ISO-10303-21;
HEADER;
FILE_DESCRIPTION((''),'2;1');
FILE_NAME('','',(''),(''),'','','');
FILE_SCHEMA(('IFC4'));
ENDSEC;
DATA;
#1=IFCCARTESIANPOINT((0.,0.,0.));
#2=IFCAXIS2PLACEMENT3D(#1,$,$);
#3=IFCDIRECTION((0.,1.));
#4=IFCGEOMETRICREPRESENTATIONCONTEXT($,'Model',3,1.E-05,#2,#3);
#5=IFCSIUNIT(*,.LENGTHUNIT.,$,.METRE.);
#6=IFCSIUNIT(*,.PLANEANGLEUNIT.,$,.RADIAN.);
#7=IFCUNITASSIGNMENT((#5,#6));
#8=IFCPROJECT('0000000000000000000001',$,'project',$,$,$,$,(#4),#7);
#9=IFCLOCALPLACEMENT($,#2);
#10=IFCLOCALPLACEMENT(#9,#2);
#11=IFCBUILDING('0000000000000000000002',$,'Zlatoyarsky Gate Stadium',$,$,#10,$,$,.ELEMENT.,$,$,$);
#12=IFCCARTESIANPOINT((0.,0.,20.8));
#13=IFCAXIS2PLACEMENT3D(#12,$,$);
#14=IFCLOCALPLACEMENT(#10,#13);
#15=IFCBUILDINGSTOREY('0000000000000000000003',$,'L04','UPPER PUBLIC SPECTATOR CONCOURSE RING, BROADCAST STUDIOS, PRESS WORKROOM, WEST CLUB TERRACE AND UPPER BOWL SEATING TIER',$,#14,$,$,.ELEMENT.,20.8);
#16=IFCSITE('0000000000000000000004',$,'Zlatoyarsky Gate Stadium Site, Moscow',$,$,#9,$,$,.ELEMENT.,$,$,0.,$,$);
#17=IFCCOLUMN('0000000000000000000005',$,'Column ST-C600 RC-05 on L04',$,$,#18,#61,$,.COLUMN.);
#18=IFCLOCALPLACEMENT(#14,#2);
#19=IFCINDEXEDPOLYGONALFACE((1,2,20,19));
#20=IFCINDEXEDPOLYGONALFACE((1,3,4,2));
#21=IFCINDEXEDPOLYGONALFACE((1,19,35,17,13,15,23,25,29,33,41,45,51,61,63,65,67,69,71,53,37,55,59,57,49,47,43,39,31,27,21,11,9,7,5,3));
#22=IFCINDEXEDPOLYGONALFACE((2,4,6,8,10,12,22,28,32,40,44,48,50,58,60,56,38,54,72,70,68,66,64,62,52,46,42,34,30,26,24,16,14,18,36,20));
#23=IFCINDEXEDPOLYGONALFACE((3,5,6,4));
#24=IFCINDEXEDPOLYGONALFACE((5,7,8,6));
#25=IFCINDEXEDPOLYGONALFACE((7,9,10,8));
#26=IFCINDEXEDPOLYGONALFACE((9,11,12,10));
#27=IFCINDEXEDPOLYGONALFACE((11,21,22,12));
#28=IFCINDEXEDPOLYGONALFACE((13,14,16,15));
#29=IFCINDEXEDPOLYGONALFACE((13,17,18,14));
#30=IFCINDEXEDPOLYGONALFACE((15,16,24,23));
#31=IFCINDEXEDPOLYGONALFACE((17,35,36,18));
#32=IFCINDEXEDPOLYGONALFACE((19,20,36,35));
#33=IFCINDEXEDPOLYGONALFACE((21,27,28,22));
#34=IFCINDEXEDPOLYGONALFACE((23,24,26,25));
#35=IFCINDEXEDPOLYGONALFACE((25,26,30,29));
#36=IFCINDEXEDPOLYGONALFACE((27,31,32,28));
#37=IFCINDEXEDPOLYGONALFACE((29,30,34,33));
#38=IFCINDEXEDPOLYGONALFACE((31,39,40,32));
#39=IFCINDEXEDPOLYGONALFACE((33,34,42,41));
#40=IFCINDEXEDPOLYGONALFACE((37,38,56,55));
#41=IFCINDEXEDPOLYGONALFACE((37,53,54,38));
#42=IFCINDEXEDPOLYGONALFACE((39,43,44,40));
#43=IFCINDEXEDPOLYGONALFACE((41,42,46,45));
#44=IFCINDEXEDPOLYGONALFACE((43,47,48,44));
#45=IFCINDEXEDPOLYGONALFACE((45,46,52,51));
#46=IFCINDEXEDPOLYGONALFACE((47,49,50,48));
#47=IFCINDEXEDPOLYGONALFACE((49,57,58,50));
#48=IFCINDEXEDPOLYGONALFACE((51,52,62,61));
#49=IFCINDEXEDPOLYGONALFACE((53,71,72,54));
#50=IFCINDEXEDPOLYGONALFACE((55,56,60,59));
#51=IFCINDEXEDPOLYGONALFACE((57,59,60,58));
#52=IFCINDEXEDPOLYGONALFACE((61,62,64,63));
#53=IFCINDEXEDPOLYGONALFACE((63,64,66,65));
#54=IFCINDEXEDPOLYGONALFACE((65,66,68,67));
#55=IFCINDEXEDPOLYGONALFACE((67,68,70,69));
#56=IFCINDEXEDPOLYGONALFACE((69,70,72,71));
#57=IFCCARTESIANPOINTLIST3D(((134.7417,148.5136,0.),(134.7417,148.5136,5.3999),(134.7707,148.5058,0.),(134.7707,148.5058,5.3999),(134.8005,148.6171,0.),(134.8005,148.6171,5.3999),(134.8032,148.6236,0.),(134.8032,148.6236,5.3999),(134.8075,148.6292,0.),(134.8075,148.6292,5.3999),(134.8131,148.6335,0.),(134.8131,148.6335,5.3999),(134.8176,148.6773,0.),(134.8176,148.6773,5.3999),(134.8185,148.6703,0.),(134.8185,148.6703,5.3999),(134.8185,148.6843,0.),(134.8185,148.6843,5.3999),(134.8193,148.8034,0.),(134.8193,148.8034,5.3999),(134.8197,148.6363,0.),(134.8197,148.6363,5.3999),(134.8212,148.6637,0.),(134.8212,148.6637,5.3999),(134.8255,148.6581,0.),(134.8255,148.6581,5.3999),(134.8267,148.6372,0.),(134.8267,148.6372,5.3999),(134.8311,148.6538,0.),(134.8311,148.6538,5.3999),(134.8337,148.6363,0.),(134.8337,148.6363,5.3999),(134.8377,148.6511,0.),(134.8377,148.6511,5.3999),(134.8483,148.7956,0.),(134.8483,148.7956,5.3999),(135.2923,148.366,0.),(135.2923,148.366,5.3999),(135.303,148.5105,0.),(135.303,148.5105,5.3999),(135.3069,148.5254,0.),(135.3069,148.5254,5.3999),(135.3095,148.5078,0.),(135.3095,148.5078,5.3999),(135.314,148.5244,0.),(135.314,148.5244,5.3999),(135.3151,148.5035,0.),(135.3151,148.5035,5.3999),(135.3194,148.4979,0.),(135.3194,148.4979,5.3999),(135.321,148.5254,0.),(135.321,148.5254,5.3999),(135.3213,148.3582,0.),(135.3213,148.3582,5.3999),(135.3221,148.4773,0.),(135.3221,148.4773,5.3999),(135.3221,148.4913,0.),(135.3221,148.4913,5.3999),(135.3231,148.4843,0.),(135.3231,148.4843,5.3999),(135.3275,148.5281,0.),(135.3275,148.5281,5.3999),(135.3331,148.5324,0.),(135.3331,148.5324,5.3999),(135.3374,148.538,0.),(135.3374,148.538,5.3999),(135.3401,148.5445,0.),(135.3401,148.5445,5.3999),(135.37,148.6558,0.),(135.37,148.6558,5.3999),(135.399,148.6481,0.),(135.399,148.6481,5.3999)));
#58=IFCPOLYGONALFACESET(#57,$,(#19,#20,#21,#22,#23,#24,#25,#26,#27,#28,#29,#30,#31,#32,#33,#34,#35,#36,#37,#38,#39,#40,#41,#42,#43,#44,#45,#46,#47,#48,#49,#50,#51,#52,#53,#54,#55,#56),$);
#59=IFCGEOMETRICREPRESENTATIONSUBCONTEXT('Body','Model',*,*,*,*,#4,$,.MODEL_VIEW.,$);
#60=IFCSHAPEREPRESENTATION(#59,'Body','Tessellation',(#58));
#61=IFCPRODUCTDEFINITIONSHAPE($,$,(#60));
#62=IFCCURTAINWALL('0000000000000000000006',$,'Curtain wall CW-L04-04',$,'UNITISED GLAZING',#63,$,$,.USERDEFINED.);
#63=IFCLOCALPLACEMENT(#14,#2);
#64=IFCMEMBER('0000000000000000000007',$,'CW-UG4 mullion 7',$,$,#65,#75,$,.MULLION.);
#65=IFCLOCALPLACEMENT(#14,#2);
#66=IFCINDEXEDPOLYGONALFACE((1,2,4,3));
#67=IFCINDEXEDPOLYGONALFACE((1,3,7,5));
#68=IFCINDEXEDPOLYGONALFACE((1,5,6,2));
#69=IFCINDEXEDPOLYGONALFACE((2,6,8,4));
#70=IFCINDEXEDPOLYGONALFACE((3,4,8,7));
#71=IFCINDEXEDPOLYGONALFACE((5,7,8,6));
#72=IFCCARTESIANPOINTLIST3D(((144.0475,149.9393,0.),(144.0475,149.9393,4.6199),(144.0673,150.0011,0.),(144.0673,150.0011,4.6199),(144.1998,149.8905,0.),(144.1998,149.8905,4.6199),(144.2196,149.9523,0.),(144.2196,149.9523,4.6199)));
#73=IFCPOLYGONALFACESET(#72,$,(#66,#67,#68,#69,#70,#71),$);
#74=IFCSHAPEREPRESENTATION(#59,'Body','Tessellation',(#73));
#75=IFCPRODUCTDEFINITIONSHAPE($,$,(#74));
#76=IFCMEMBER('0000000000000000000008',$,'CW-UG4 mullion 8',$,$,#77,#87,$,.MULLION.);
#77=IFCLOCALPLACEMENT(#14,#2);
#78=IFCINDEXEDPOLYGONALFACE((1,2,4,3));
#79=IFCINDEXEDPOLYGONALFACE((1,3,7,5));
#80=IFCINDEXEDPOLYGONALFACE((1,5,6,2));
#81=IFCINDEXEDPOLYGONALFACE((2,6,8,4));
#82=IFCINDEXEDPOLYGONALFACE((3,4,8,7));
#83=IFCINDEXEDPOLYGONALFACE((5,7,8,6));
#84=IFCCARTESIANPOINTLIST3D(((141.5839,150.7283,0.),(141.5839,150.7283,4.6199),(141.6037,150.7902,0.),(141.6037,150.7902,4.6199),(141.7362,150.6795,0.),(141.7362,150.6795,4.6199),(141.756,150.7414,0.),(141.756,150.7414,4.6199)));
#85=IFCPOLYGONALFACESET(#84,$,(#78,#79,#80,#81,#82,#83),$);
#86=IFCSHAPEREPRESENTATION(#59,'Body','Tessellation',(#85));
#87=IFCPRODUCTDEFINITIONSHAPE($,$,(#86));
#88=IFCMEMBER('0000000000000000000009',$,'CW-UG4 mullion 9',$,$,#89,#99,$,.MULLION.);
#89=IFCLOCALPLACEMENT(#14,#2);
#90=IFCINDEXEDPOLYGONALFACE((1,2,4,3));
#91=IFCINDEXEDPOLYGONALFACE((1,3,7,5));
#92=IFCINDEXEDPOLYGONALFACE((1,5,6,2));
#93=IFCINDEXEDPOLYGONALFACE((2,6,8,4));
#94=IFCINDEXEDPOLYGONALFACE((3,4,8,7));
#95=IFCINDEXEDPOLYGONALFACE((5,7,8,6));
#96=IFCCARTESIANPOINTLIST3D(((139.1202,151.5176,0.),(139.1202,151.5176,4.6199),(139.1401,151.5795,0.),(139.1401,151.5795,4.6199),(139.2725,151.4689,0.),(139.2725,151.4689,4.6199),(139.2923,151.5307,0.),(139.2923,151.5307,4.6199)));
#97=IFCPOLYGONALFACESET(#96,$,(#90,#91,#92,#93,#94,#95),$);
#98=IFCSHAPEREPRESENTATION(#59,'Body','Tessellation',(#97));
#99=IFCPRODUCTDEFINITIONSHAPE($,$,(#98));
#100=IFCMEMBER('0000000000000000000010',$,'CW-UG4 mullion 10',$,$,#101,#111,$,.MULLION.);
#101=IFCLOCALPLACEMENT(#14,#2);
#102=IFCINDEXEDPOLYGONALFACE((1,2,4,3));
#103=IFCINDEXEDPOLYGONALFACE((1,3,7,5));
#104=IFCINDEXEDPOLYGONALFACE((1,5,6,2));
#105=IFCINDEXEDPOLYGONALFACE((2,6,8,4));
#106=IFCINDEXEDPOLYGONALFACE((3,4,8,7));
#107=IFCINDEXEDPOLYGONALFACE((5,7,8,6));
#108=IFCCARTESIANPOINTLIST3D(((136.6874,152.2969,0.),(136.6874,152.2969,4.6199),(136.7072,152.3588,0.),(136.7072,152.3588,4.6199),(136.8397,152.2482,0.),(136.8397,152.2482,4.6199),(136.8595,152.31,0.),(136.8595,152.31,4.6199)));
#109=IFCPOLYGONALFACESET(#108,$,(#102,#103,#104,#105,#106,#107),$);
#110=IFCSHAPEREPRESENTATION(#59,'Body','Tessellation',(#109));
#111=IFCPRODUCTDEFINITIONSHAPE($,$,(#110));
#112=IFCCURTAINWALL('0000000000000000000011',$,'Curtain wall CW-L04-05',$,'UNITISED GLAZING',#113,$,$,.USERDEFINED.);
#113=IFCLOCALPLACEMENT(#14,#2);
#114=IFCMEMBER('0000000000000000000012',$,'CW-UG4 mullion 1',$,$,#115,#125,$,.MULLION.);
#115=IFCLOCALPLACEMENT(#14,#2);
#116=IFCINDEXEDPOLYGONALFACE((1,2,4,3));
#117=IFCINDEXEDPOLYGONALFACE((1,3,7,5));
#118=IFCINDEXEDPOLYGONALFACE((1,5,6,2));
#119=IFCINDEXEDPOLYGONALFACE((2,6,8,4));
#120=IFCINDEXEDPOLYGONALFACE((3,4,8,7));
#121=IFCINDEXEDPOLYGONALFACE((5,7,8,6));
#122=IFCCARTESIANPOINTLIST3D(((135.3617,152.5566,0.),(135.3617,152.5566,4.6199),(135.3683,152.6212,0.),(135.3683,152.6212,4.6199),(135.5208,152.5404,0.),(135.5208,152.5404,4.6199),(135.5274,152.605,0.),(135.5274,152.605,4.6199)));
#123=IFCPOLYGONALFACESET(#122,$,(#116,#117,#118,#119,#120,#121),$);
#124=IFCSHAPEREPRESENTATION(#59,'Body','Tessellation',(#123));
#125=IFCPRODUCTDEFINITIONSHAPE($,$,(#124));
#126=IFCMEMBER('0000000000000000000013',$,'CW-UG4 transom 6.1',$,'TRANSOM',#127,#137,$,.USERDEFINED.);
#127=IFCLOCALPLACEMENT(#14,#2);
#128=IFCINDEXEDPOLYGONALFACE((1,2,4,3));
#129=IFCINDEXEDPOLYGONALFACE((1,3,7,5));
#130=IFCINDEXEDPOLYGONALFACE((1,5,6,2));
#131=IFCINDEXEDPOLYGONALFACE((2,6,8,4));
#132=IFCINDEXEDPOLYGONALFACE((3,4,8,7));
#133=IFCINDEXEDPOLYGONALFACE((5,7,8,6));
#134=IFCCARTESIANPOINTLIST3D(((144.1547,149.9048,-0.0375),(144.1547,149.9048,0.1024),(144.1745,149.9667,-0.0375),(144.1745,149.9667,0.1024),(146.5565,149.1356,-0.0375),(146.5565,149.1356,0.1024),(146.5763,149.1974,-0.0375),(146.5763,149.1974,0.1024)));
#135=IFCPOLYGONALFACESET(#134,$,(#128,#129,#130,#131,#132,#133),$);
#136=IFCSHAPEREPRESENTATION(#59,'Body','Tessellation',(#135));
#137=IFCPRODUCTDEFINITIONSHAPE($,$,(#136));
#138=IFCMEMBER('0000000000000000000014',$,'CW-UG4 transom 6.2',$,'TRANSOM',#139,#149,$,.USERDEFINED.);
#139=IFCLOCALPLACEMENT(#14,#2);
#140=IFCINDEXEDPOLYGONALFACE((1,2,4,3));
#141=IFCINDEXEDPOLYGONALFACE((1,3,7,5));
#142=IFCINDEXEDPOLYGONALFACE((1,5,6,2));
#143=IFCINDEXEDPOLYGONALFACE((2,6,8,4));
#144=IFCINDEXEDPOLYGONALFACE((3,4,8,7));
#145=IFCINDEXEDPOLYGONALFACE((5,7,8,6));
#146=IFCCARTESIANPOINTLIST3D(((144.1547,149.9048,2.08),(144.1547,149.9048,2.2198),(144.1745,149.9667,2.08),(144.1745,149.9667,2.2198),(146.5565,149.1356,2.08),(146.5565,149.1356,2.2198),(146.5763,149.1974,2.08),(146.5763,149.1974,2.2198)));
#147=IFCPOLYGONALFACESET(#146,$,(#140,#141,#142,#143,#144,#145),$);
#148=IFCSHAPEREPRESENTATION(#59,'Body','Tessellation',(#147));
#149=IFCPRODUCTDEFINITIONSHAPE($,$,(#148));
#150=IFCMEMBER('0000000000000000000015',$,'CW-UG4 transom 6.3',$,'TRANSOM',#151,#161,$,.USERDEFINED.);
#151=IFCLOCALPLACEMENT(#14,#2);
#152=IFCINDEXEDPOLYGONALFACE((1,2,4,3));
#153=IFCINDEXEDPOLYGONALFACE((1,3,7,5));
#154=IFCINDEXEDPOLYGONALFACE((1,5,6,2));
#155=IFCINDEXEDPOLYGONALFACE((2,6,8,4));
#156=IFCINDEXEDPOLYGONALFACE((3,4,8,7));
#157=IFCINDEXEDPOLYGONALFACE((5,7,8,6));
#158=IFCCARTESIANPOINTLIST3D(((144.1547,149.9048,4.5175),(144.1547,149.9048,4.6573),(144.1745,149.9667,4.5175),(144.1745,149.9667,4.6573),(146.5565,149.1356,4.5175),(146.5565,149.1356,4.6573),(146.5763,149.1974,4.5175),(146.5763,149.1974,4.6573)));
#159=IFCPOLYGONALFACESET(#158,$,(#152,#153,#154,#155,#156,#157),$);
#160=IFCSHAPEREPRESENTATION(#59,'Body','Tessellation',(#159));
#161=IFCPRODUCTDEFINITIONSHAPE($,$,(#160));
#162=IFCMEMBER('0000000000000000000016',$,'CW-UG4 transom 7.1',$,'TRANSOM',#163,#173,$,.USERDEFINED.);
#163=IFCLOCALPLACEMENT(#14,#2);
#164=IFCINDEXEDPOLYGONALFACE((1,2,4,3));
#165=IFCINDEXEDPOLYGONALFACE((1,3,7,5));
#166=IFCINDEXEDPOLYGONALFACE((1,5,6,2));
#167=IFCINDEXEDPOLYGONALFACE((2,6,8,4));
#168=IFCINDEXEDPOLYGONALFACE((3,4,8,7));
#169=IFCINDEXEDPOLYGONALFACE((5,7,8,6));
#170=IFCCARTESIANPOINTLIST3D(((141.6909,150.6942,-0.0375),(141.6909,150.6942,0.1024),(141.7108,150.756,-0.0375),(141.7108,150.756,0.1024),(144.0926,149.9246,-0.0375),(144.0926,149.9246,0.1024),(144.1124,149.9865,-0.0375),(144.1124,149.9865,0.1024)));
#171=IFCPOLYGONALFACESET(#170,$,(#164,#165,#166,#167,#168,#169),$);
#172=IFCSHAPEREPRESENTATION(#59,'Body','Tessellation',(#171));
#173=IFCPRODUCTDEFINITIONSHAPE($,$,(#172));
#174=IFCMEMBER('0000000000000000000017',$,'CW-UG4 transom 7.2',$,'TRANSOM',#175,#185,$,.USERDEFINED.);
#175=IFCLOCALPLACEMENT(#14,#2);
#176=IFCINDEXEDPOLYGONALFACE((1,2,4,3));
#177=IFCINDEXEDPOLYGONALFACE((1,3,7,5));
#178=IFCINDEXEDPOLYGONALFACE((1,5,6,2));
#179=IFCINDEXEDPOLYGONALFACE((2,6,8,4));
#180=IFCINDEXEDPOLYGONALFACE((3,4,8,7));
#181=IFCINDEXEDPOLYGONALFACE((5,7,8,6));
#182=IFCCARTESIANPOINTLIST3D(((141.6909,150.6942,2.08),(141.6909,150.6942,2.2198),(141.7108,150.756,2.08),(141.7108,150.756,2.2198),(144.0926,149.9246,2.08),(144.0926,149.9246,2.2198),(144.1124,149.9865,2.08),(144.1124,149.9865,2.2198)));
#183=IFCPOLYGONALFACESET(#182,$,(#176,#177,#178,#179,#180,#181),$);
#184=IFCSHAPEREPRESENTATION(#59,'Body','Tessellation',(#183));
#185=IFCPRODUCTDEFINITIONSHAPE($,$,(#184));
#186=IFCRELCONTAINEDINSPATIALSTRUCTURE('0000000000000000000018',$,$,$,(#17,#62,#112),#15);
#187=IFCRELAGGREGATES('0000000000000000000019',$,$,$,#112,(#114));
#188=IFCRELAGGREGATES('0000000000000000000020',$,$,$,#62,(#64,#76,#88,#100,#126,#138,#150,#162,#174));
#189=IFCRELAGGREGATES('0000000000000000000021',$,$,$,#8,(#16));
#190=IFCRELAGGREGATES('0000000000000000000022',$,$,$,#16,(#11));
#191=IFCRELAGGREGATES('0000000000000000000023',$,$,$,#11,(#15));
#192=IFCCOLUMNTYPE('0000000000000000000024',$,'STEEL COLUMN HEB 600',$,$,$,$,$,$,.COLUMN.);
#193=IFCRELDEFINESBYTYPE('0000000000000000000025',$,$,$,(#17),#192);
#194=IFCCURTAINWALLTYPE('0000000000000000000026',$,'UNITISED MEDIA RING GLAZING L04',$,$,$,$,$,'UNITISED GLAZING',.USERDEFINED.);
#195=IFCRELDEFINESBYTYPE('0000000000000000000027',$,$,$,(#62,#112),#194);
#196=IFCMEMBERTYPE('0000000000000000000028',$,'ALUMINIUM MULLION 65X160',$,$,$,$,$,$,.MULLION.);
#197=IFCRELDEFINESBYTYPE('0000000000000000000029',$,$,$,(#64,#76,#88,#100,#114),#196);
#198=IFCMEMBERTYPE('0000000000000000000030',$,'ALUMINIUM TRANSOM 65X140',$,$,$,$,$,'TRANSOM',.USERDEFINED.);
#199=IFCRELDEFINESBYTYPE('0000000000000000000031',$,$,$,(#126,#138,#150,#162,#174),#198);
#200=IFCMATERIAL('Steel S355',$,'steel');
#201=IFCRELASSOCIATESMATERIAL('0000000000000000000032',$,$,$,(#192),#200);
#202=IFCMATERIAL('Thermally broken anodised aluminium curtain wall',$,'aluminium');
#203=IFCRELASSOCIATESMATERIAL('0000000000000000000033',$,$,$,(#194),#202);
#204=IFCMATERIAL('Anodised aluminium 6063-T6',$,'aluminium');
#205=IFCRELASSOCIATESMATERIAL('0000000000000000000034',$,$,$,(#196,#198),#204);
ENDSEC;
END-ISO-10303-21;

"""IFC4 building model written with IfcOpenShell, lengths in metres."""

from ifc_helpers import new_model, si_unit, direction, frame, origin, origin_2d, place, context, subcontext, project, spatial, rectangle, i_section, extrude, material, material_profile, profile_set, type_object, element, aggregate, save


model = new_model("IFC4")

# Units and contexts
model_context = context("Model", 3, precision=1e-05, world=origin(), true_north=direction((0.0, 1.0)))
body_context = subcontext(model_context, "Body", "Model", "MODEL_VIEW")
ifc_project = project(units=[si_unit("LENGTHUNIT", "METRE"), si_unit("PLANEANGLEUNIT", "RADIAN")], contexts=[model_context])

# Site, building, storey
site_placement = place(None, origin())
site = spatial("IfcSite", under=ifc_project, at=site_placement, Name="Zlatoyarsky Gate Stadium Site, Moscow", CompositionType="ELEMENT", RefElevation=0.0)
building_placement = place(site_placement, origin())
building = spatial("IfcBuilding", under=site, at=building_placement, Name="Zlatoyarsky Gate Stadium", CompositionType="ELEMENT")
storey_placement = place(building_placement, frame((0.0, 0.0, 20.8)))
storey = spatial("IfcBuildingStorey", under=building, at=storey_placement, Name="L04", Description="UPPER PUBLIC SPECTATOR CONCOURSE RING, BROADCAST STUDIOS, PRESS WORKROOM, WEST CLUB TERRACE AND UPPER BOWL SEATING TIER", CompositionType="ELEMENT", Elevation=20.8)

# Column
ifc_material_1 = material(Name="Steel S355", Category="steel")
ifc_material_profile_1 = material_profile(ifc_material_1, i_section(OverallWidth=0.3, OverallDepth=0.6001, WebThickness=0.0154, FlangeThickness=0.03, FilletRadius=0.0271, at=origin_2d()), Name="HEB 600")
ifc_profile_set_1 = profile_set([ifc_material_profile_1], Name="Steel S355")
column_type = type_object("IfcColumnType", Name="STEEL COLUMN HEB 600", PredefinedType="COLUMN", material=ifc_profile_set_1)
column_placement = place(storey_placement, frame((135.0703, 148.5808, 0.0), z_axis=(0.0, 0.0, 1.0), x_axis=(0.258819, 0.965926, 0.0)))
element("IfcColumn", 1, at=column_placement, inside=storey, type_object=column_type, Name="Column ST-C600 RC-05 on L04", PredefinedType="COLUMN", context=body_context, shape_type="SweptSolid", body=[
    extrude(i_section(OverallWidth=0.3, OverallDepth=0.6001, WebThickness=0.0154, FlangeThickness=0.03, FilletRadius=0.0271, at=origin_2d()), origin(), (0.0, 0.0, 1.0), 5.3999),
])

# Curtain wall, members
ifc_material_2 = material(Name="Thermally broken anodised aluminium curtain wall", Category="aluminium")
curtain_wall_type = type_object("IfcCurtainWallType", Name="UNITISED MEDIA RING GLAZING L04", ElementType="UNITISED GLAZING", PredefinedType="USERDEFINED", material=ifc_material_2)
curtain_wall_1_placement = place(storey_placement, origin())
curtain_wall_1 = element("IfcCurtainWall", 2, at=curtain_wall_1_placement, inside=storey, type_object=curtain_wall_type, Name="Curtain wall CW-L04-04", ObjectType="UNITISED GLAZING", PredefinedType="USERDEFINED")
ifc_material_3 = material(Name="Anodised aluminium 6063-T6", Category="aluminium")
ifc_material_profile_2 = material_profile(ifc_material_3, rectangle(XDim=0.0649, YDim=0.1599, at=origin_2d()), Name="ALU 65X160")
ifc_profile_set_2 = profile_set([ifc_material_profile_2], Name="Anodised aluminium 6063-T6")
member_type_1 = type_object("IfcMemberType", Name="ALUMINIUM MULLION 65X160", PredefinedType="MULLION", material=ifc_profile_set_2)
member_1_placement = place(storey_placement, frame((144.1335, 149.9458, 0.0), z_axis=(0.0, 0.0, 1.0), x_axis=(-0.305066, -0.952331, 0.0)))
member_1 = element("IfcMember", 3, at=member_1_placement, type_object=member_type_1, Name="CW-UG4 mullion 7", PredefinedType="MULLION", context=body_context, shape_type="SweptSolid", body=[
    extrude(rectangle(XDim=0.0649, YDim=0.1599, at=origin_2d()), origin(), (0.0, 0.0, 1.0), 4.6199),
])
member_2_placement = place(storey_placement, frame((141.6699, 150.7349, 0.0), z_axis=(0.0, 0.0, 1.0), x_axis=(-0.305066, -0.952331, 0.0)))
member_2 = element("IfcMember", 4, at=member_2_placement, type_object=member_type_1, Name="CW-UG4 mullion 8", PredefinedType="MULLION", context=body_context, shape_type="SweptSolid", body=[
    extrude(rectangle(XDim=0.0649, YDim=0.1599, at=origin_2d()), origin(), (0.0, 0.0, 1.0), 4.6199),
])
member_3_placement = place(storey_placement, frame((139.2063, 151.5242, 0.0), z_axis=(0.0, 0.0, 1.0), x_axis=(-0.305066, -0.952331, 0.0)))
member_3 = element("IfcMember", 5, at=member_3_placement, type_object=member_type_1, Name="CW-UG4 mullion 9", PredefinedType="MULLION", context=body_context, shape_type="SweptSolid", body=[
    extrude(rectangle(XDim=0.0649, YDim=0.1599, at=origin_2d()), origin(), (0.0, 0.0, 1.0), 4.6199),
])
member_4_placement = place(storey_placement, frame((136.7734, 152.3035, 0.0), z_axis=(0.0, 0.0, 1.0), x_axis=(-0.305066, -0.952331, 0.0)))
member_4 = element("IfcMember", 6, at=member_4_placement, type_object=member_type_1, Name="CW-UG4 mullion 10", PredefinedType="MULLION", context=body_context, shape_type="SweptSolid", body=[
    extrude(rectangle(XDim=0.0649, YDim=0.1599, at=origin_2d()), origin(), (0.0, 0.0, 1.0), 4.6199),
])

# Curtain wall, member
curtain_wall_2_placement = place(storey_placement, origin())
curtain_wall_2 = element("IfcCurtainWall", 7, at=curtain_wall_2_placement, inside=storey, type_object=curtain_wall_type, Name="Curtain wall CW-L04-05", ObjectType="UNITISED GLAZING", PredefinedType="USERDEFINED")
member_5_placement = place(storey_placement, frame((135.4446, 152.5808, 0.0), z_axis=(0.0, 0.0, 1.0), x_axis=(-0.101293, -0.994857, 0.0)))
member_5 = element("IfcMember", 8, at=member_5_placement, type_object=member_type_1, Name="CW-UG4 mullion 1", PredefinedType="MULLION", context=body_context, shape_type="SweptSolid", body=[
    extrude(rectangle(XDim=0.0649, YDim=0.1599, at=origin_2d()), origin(), (0.0, 0.0, 1.0), 4.6199),
])

# Members
ifc_material_profile_3 = material_profile(ifc_material_3, rectangle(XDim=0.0649, YDim=0.1399, at=origin_2d()), Name="ALU 65X140")
ifc_profile_set_3 = profile_set([ifc_material_profile_3], Name="Anodised aluminium 6063-T6")
member_type_2 = type_object("IfcMemberType", Name="ALUMINIUM TRANSOM 65X140", ElementType="TRANSOM", PredefinedType="USERDEFINED", material=ifc_profile_set_3)
member_6_placement = place(storey_placement, frame((146.5664, 149.1665, 0.0325), z_axis=(-0.952344, 0.305025, 0.0), x_axis=(-0.305025, -0.952344, 0.0)))
member_6 = element("IfcMember", 9, at=member_6_placement, type_object=member_type_2, Name="CW-UG4 transom 6.1", ObjectType="TRANSOM", PredefinedType="USERDEFINED", context=body_context, shape_type="SweptSolid", body=[
    extrude(rectangle(XDim=0.0649, YDim=0.1399, at=origin_2d()), origin(), (0.0, 0.0, 1.0), 2.522),
])
member_7_placement = place(storey_placement, frame((146.5664, 149.1665, 2.1499), z_axis=(-0.952344, 0.305025, 0.0), x_axis=(-0.305025, -0.952344, 0.0)))
member_7 = element("IfcMember", 10, at=member_7_placement, type_object=member_type_2, Name="CW-UG4 transom 6.2", ObjectType="TRANSOM", PredefinedType="USERDEFINED", context=body_context, shape_type="SweptSolid", body=[
    extrude(rectangle(XDim=0.0649, YDim=0.1399, at=origin_2d()), origin(), (0.0, 0.0, 1.0), 2.522),
])
member_8_placement = place(storey_placement, frame((146.5664, 149.1665, 4.5874), z_axis=(-0.952344, 0.305025, 0.0), x_axis=(-0.305025, -0.952344, 0.0)))
member_8 = element("IfcMember", 11, at=member_8_placement, type_object=member_type_2, Name="CW-UG4 transom 6.3", ObjectType="TRANSOM", PredefinedType="USERDEFINED", context=body_context, shape_type="SweptSolid", body=[
    extrude(rectangle(XDim=0.0649, YDim=0.1399, at=origin_2d()), origin(), (0.0, 0.0, 1.0), 2.522),
])
member_9_placement = place(storey_placement, frame((144.1025, 149.9556, 0.0325), z_axis=(-0.952307, 0.305141, 0.0), x_axis=(-0.305141, -0.952307, 0.0)))
member_9 = element("IfcMember", 12, at=member_9_placement, type_object=member_type_2, Name="CW-UG4 transom 7.1", ObjectType="TRANSOM", PredefinedType="USERDEFINED", context=body_context, shape_type="SweptSolid", body=[
    extrude(rectangle(XDim=0.0649, YDim=0.1399, at=origin_2d()), origin(), (0.0, 0.0, 1.0), 2.522),
])
member_10_placement = place(storey_placement, frame((144.1025, 149.9556, 2.1499), z_axis=(-0.952307, 0.305141, 0.0), x_axis=(-0.305141, -0.952307, 0.0)))
member_10 = element("IfcMember", 13, at=member_10_placement, type_object=member_type_2, Name="CW-UG4 transom 7.2", ObjectType="TRANSOM", PredefinedType="USERDEFINED", context=body_context, shape_type="SweptSolid", body=[
    extrude(rectangle(XDim=0.0649, YDim=0.1399, at=origin_2d()), origin(), (0.0, 0.0, 1.0), 2.522),
])
aggregate(curtain_wall_2, [member_5])

aggregate(curtain_wall_1, [member_1, member_2, member_3, member_4, member_6, member_7, member_8, member_9, member_10])

save(model, "model.ifc")
